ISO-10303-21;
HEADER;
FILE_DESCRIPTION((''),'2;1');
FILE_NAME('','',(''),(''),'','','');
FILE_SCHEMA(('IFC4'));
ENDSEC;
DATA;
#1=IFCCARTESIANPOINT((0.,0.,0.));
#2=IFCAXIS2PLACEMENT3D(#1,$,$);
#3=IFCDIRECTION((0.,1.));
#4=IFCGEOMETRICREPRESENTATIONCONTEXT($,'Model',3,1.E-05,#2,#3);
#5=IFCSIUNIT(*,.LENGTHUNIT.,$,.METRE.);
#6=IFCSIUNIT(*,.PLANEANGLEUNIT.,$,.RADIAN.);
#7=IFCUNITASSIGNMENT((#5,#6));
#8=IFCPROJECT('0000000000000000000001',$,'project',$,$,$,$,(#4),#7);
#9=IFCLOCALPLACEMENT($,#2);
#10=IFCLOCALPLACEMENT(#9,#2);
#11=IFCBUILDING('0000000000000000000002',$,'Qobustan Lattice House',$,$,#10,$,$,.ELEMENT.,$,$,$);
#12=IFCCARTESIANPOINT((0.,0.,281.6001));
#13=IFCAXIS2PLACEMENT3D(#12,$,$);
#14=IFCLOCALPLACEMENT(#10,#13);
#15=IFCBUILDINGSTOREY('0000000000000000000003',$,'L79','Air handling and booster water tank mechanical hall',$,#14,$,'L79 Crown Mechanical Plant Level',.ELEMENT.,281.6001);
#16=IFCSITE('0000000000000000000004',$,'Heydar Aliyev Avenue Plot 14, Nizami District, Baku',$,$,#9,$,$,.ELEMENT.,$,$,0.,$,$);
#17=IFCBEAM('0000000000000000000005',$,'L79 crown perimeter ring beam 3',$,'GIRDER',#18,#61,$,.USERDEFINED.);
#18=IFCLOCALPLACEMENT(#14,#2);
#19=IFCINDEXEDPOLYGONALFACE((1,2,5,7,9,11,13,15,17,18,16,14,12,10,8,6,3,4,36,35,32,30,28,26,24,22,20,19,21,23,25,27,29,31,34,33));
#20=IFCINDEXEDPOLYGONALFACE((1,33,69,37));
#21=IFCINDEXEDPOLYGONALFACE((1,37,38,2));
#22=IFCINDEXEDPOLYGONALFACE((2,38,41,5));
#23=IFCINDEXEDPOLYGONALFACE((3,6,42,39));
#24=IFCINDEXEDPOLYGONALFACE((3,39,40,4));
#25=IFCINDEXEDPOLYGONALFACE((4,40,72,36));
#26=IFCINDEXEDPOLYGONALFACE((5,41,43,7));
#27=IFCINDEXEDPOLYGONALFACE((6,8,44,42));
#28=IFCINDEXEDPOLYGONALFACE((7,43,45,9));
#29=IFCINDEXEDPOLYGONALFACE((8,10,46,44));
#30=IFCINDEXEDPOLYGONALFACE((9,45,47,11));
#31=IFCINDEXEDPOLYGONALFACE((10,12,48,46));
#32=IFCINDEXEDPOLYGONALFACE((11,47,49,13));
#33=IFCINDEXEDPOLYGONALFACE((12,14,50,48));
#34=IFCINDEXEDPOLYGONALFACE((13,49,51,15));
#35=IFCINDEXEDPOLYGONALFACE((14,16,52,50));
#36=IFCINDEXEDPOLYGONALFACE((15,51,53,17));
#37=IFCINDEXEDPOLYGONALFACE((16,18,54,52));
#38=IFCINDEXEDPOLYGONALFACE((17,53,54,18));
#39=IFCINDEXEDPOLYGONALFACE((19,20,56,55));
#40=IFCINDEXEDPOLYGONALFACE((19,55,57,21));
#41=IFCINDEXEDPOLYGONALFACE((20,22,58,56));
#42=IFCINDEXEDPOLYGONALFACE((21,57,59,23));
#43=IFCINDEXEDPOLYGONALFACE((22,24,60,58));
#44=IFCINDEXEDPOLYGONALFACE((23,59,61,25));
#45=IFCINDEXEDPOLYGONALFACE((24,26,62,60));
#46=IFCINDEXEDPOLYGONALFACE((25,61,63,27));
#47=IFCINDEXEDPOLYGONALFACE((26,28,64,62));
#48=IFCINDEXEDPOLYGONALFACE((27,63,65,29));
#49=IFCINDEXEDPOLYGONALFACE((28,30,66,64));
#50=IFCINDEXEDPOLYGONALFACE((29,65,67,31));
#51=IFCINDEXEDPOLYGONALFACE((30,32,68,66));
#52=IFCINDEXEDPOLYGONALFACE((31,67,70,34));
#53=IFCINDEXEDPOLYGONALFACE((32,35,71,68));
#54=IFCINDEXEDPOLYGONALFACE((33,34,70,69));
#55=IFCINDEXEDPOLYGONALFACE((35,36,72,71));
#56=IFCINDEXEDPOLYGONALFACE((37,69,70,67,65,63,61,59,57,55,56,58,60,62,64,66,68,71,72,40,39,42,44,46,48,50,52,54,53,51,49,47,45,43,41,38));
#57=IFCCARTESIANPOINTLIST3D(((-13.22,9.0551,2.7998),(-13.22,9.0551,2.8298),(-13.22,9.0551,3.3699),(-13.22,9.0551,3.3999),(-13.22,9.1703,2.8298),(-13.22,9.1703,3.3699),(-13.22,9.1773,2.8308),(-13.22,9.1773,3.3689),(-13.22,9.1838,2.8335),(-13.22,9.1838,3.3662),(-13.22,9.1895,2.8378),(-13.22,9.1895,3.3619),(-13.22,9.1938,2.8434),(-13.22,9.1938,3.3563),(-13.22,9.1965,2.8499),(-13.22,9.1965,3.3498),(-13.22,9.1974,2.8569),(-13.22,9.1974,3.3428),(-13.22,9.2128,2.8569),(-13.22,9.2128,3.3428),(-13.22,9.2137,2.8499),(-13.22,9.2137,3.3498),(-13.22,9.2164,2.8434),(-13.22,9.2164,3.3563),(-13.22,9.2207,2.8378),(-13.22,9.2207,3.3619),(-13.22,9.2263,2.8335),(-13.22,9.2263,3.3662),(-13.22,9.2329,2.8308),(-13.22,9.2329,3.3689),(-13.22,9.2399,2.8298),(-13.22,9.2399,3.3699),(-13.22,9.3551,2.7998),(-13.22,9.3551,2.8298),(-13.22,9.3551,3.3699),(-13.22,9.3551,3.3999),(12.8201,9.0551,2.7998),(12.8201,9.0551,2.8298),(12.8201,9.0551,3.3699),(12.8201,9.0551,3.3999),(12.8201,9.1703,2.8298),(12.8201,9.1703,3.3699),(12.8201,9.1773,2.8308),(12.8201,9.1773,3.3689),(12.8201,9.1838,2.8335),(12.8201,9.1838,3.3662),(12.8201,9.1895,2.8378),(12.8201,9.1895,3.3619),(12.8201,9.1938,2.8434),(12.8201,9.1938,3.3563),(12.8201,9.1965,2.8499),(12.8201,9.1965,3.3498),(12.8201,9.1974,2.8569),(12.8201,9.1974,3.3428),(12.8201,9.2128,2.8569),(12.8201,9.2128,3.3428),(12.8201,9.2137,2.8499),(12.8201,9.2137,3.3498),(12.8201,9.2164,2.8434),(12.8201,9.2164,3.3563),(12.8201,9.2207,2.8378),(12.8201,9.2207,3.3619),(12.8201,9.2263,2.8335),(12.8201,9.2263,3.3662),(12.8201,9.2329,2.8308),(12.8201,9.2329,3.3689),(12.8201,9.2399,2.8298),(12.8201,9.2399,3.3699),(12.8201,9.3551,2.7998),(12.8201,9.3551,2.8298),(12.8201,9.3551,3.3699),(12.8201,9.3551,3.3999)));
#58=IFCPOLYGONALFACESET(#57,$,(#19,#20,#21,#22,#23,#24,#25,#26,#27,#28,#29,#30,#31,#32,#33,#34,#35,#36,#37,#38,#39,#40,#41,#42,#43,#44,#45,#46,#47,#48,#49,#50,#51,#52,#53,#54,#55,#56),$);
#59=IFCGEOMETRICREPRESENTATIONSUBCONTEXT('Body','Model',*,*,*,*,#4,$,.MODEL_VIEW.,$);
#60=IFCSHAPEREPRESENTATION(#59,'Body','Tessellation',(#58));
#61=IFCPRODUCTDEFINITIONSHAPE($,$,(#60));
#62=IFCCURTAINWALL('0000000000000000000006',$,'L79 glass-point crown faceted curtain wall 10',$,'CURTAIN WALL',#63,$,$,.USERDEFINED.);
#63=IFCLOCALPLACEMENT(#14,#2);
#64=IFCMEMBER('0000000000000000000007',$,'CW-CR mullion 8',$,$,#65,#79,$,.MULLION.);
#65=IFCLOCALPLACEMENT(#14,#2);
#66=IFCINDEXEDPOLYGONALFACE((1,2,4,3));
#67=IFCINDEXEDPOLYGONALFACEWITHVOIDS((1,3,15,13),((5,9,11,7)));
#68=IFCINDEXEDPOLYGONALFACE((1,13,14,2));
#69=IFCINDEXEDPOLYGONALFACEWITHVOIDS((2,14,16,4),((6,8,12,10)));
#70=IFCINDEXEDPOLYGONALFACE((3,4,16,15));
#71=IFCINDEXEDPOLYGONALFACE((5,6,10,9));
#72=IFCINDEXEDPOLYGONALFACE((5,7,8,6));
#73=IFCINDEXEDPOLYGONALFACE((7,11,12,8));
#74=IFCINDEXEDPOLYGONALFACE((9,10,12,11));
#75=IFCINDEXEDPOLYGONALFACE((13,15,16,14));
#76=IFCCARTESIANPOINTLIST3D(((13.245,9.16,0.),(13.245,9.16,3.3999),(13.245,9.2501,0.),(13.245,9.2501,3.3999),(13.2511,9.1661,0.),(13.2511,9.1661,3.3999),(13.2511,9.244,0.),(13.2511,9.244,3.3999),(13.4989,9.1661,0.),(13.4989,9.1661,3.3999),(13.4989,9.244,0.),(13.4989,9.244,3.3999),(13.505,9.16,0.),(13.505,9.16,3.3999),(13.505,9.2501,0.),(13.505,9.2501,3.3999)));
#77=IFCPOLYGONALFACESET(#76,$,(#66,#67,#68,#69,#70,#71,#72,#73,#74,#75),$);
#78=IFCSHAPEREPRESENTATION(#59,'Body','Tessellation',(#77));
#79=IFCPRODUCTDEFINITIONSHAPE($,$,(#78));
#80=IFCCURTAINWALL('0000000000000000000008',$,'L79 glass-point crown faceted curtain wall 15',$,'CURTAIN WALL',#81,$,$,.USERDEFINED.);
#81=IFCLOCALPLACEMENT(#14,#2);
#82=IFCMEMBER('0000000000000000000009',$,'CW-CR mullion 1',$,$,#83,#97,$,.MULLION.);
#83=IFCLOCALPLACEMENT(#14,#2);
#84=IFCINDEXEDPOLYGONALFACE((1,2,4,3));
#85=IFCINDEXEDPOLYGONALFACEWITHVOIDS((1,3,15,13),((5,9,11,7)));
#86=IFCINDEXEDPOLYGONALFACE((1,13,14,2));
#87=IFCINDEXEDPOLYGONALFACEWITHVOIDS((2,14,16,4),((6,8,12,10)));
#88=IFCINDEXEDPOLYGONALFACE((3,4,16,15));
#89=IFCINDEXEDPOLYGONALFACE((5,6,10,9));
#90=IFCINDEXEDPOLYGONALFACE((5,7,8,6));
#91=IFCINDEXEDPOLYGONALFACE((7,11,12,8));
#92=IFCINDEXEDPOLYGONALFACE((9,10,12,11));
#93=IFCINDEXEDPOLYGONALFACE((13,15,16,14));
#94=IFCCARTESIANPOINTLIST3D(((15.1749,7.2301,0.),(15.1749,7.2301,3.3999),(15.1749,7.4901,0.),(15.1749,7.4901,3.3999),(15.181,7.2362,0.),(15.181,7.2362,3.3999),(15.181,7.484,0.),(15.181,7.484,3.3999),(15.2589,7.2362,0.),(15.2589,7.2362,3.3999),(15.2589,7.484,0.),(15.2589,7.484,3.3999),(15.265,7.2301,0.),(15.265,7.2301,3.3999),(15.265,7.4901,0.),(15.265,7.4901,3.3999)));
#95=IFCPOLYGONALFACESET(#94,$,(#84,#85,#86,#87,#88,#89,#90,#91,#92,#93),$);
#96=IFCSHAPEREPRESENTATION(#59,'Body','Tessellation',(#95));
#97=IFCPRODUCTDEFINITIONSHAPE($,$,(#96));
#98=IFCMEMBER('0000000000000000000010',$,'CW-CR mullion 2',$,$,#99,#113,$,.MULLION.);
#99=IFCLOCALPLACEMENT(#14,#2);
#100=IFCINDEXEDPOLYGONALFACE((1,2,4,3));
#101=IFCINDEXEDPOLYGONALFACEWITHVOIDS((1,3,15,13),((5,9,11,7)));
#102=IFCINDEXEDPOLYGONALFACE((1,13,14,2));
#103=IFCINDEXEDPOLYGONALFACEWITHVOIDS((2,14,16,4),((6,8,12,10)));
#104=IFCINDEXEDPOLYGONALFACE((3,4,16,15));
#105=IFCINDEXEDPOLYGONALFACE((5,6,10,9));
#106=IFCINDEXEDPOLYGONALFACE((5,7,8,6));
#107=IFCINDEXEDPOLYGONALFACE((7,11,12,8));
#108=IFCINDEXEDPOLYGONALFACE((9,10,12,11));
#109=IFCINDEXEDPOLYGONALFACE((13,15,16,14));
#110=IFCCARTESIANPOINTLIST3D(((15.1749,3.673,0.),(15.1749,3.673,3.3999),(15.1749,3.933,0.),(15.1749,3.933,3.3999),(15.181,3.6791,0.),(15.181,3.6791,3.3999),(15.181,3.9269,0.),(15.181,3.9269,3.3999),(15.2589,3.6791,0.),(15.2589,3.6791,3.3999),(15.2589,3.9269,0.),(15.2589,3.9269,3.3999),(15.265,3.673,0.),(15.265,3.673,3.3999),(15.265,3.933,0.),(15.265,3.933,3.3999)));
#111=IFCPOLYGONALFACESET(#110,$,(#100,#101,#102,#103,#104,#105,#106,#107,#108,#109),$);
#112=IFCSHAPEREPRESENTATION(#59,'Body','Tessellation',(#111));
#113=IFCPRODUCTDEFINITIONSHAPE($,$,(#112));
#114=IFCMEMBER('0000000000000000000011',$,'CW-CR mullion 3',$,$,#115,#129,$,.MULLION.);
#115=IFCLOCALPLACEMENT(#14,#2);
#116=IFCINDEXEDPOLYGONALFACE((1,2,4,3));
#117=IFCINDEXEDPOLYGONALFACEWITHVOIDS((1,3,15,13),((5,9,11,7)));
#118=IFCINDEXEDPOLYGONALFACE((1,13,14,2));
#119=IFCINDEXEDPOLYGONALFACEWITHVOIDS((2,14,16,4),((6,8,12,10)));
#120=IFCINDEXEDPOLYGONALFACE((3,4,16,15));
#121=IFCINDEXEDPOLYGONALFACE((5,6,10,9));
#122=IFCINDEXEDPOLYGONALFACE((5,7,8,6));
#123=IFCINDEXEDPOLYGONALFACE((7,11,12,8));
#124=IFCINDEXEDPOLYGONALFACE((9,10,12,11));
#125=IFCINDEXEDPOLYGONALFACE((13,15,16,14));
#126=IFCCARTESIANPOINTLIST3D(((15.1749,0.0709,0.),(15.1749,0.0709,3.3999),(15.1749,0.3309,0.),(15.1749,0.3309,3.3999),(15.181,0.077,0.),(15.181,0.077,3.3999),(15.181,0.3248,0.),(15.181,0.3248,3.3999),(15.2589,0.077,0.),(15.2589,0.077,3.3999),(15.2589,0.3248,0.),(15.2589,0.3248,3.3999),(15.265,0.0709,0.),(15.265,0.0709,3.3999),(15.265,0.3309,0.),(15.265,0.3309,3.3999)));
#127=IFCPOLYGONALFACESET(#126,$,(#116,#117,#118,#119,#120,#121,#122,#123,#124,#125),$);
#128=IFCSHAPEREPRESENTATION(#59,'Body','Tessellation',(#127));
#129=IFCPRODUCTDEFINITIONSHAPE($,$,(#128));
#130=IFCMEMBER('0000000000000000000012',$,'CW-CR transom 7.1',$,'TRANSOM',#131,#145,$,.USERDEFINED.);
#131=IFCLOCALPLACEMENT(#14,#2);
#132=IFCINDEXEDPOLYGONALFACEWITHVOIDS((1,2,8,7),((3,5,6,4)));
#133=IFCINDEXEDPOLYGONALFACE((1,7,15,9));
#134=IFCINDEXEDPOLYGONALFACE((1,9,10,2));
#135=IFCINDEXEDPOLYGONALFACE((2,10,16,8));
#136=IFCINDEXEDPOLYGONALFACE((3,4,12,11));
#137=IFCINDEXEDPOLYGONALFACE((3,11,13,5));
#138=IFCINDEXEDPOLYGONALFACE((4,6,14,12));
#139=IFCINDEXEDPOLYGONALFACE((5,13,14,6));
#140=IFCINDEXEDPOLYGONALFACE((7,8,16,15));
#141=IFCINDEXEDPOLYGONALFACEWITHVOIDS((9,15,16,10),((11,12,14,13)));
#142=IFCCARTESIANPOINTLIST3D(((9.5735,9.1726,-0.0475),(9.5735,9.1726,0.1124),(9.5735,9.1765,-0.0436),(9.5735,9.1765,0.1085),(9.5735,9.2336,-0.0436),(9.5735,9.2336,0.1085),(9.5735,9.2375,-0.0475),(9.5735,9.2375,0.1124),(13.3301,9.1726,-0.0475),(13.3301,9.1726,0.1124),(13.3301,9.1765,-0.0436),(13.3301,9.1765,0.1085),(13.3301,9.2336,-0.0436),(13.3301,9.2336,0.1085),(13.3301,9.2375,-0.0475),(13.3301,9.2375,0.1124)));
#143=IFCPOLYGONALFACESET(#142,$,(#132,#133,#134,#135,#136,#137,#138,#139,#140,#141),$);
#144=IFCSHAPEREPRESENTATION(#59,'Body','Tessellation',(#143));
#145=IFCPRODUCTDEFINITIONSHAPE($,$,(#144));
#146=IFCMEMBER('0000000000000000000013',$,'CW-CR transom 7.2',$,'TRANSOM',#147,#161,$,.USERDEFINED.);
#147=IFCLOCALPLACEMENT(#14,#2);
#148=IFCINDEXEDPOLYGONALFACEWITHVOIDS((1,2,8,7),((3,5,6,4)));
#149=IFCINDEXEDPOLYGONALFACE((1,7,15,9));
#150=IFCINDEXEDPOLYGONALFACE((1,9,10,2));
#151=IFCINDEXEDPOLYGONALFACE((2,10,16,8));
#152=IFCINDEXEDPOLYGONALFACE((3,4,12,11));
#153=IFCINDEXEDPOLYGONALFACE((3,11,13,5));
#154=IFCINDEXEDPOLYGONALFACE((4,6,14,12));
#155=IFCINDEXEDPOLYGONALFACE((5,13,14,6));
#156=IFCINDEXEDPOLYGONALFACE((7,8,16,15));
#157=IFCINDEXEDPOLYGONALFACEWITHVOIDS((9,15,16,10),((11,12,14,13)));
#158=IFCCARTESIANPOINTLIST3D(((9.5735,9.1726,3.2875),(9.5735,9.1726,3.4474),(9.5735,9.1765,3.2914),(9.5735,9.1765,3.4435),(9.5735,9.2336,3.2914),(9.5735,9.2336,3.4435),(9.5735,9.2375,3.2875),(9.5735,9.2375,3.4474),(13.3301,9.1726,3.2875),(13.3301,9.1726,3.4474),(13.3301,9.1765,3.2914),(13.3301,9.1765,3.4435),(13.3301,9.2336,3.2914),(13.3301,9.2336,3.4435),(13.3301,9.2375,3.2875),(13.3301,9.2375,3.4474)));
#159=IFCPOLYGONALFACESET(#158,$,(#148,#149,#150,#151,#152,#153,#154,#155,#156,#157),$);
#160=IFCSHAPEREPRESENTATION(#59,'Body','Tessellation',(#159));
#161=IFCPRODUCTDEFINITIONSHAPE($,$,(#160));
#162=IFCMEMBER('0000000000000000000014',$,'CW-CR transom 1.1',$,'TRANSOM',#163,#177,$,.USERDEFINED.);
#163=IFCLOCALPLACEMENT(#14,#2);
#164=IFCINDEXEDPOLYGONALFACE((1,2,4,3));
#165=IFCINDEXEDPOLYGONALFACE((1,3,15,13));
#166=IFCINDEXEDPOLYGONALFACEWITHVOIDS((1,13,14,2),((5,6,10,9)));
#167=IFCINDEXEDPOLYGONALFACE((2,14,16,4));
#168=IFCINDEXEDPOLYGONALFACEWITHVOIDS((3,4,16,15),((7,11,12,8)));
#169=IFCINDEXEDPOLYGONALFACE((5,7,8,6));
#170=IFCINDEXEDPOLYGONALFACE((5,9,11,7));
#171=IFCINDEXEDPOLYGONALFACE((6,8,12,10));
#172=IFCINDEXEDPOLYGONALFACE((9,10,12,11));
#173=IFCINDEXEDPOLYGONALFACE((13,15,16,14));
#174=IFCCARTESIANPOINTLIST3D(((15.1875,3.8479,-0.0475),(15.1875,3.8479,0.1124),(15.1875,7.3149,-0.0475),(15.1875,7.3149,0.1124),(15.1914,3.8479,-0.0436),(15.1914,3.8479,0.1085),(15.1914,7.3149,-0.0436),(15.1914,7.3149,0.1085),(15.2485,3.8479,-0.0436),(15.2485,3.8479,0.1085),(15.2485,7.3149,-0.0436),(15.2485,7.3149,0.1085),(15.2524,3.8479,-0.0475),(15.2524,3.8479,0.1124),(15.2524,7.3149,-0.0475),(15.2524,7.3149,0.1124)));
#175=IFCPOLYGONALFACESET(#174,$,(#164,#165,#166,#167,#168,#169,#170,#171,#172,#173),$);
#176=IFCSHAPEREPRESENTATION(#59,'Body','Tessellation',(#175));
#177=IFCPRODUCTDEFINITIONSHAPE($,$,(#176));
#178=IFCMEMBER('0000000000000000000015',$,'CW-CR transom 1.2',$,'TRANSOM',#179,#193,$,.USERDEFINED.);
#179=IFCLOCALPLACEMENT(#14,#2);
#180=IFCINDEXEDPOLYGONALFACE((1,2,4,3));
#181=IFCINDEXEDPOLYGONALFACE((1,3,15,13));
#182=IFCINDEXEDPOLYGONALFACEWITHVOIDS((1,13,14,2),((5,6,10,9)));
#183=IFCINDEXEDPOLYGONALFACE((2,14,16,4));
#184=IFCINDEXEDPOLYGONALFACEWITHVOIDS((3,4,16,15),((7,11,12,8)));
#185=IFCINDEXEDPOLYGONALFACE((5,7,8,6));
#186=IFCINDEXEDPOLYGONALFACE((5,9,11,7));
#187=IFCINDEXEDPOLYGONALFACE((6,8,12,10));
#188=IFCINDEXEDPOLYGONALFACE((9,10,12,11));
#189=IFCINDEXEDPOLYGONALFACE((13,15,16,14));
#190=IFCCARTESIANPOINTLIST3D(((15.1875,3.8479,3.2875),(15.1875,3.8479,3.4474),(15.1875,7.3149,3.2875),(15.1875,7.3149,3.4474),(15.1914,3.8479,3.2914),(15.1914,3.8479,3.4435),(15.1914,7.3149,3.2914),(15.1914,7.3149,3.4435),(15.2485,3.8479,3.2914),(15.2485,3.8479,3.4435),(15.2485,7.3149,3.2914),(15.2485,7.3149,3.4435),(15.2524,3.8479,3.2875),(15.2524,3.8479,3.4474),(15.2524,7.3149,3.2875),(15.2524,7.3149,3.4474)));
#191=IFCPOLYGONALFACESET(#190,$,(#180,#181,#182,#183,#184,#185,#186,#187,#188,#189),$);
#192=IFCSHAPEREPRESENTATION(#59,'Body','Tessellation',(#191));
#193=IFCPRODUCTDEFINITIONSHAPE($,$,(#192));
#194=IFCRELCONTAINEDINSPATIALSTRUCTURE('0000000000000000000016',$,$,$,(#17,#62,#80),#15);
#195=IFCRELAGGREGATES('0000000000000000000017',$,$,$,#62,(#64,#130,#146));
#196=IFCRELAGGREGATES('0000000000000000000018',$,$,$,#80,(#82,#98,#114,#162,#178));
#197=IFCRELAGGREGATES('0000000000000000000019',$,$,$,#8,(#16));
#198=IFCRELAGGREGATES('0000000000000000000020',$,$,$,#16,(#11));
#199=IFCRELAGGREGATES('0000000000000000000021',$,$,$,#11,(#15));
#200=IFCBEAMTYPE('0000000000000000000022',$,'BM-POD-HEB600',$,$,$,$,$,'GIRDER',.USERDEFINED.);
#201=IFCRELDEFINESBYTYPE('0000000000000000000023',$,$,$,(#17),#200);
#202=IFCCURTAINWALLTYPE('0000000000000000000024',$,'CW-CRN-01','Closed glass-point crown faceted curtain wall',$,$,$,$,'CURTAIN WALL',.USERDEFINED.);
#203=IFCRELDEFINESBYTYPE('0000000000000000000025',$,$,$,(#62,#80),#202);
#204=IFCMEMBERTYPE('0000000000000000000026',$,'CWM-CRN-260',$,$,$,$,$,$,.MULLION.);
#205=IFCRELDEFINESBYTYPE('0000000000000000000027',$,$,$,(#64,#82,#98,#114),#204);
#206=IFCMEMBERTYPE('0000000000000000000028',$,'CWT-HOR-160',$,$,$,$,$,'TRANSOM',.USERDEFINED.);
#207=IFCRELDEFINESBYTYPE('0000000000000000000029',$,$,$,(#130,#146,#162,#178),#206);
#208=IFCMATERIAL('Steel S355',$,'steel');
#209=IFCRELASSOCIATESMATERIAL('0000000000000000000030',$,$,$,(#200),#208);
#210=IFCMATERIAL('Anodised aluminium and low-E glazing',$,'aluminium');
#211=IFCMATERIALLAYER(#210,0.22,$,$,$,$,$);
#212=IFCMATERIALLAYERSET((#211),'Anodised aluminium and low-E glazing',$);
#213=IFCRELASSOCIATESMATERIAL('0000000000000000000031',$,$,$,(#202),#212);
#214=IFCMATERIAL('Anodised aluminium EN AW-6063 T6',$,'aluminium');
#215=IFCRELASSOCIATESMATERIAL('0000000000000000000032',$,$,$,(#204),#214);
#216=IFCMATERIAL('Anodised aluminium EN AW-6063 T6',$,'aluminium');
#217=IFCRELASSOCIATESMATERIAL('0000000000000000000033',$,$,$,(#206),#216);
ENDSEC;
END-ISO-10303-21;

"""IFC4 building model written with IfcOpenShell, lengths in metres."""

from ifc_helpers import new_model, si_unit, direction, frame, origin, origin_2d, place, context, subcontext, project, spatial, hollow_rectangle, i_section, extrude, material, layer, layer_set, material_profile, profile_set, type_object, element, aggregate, save


model = new_model("IFC4")

# Units and contexts
model_context = context("Model", 3, precision=1e-05, world=origin(), true_north=direction((0.0, 1.0)))
body_context = subcontext(model_context, "Body", "Model", "MODEL_VIEW")
ifc_project = project(units=[si_unit("LENGTHUNIT", "METRE"), si_unit("PLANEANGLEUNIT", "RADIAN")], contexts=[model_context])

# Site, building, storey
site_placement = place(None, origin())
site = spatial("IfcSite", under=ifc_project, at=site_placement, Name="Heydar Aliyev Avenue Plot 14, Nizami District, Baku", CompositionType="ELEMENT", RefElevation=0.0)
building_placement = place(site_placement, origin())
building = spatial("IfcBuilding", under=site, at=building_placement, Name="Qobustan Lattice House", CompositionType="ELEMENT")
storey_placement = place(building_placement, frame((0.0, 0.0, 281.6001)))
storey = spatial("IfcBuildingStorey", under=building, at=storey_placement, Name="L79", Description="Air handling and booster water tank mechanical hall", LongName="L79 Crown Mechanical Plant Level", CompositionType="ELEMENT", Elevation=281.6001)

# Beam
ifc_material_1 = material(Name="Steel S355", Category="steel")
ifc_material_profile_1 = material_profile(ifc_material_1, i_section(OverallWidth=0.3, OverallDepth=0.6001, WebThickness=0.0154, FlangeThickness=0.03, FilletRadius=0.0271, at=origin_2d()), Name="HEB600")
ifc_profile_set_1 = profile_set([ifc_material_profile_1], Name="Steel S355")
beam_type = type_object("IfcBeamType", Name="BM-POD-HEB600", ElementType="GIRDER", PredefinedType="USERDEFINED", material=ifc_profile_set_1)
beam_placement = place(storey_placement, frame((12.8201, 9.2051, 3.0999), z_axis=(-1.0, 0.0, 0.0), x_axis=(0.0, -1.0, 0.0)))
element("IfcBeam", 1, at=beam_placement, inside=storey, type_object=beam_type, Name="L79 crown perimeter ring beam 3", ObjectType="GIRDER", PredefinedType="USERDEFINED", context=body_context, shape_type="SweptSolid", body=[
    extrude(i_section(OverallWidth=0.3, OverallDepth=0.6001, WebThickness=0.0154, FlangeThickness=0.03, FilletRadius=0.0271, at=origin_2d()), origin(), (0.0, 0.0, 1.0), 26.04),
])

# Curtain wall, member
ifc_material_2 = material(Name="Anodised aluminium and low-E glazing", Category="aluminium")
ifc_layer_1 = layer(ifc_material_2, 0.22)
ifc_layer_set_1 = layer_set([ifc_layer_1], Name="Anodised aluminium and low-E glazing")
curtain_wall_type = type_object("IfcCurtainWallType", Name="CW-CRN-01", Description="Closed glass-point crown faceted curtain wall", ElementType="CURTAIN WALL", PredefinedType="USERDEFINED", material=ifc_layer_set_1)
curtain_wall_1_placement = place(storey_placement, origin())
curtain_wall_1 = element("IfcCurtainWall", 2, at=curtain_wall_1_placement, inside=storey, type_object=curtain_wall_type, Name="L79 glass-point crown faceted curtain wall 10", ObjectType="CURTAIN WALL", PredefinedType="USERDEFINED")
ifc_material_3 = material(Name="Anodised aluminium EN AW-6063 T6", Category="aluminium")
ifc_material_profile_2 = material_profile(ifc_material_3, hollow_rectangle(XDim=0.0901, YDim=0.26, WallThickness=0.0061, at=origin_2d()), Name="CWM-CROWN-260x90")
ifc_profile_set_2 = profile_set([ifc_material_profile_2], Name="Anodised aluminium EN AW-6063 T6")
member_type_1 = type_object("IfcMemberType", Name="CWM-CRN-260", PredefinedType="MULLION", material=ifc_profile_set_2)
member_1_placement = place(storey_placement, frame((13.375, 9.2051, 0.0), z_axis=(0.0, 0.0, 1.0), x_axis=(0.0, 1.0, 0.0)))
member_1 = element("IfcMember", 3, at=member_1_placement, type_object=member_type_1, Name="CW-CR mullion 8", PredefinedType="MULLION", context=body_context, shape_type="SweptSolid", body=[
    extrude(hollow_rectangle(XDim=0.0901, YDim=0.26, WallThickness=0.0061, at=origin_2d()), origin(), (0.0, 0.0, 1.0), 3.3999),
])

# Curtain wall, members
curtain_wall_2_placement = place(storey_placement, origin())
curtain_wall_2 = element("IfcCurtainWall", 4, at=curtain_wall_2_placement, inside=storey, type_object=curtain_wall_type, Name="L79 glass-point crown faceted curtain wall 15", ObjectType="CURTAIN WALL", PredefinedType="USERDEFINED")
member_2_placement = place(storey_placement, frame((15.22, 7.3601, 0.0), z_axis=(0.0, 0.0, 1.0), x_axis=(1.0, 0.0, 0.0)))
member_2 = element("IfcMember", 5, at=member_2_placement, type_object=member_type_1, Name="CW-CR mullion 1", PredefinedType="MULLION", context=body_context, shape_type="SweptSolid", body=[
    extrude(hollow_rectangle(XDim=0.0901, YDim=0.26, WallThickness=0.0061, at=origin_2d()), origin(), (0.0, 0.0, 1.0), 3.3999),
])
member_3_placement = place(storey_placement, frame((15.22, 3.803, 0.0), z_axis=(0.0, 0.0, 1.0), x_axis=(1.0, 0.0, 0.0)))
member_3 = element("IfcMember", 6, at=member_3_placement, type_object=member_type_1, Name="CW-CR mullion 2", PredefinedType="MULLION", context=body_context, shape_type="SweptSolid", body=[
    extrude(hollow_rectangle(XDim=0.0901, YDim=0.26, WallThickness=0.0061, at=origin_2d()), origin(), (0.0, 0.0, 1.0), 3.3999),
])
member_4_placement = place(storey_placement, frame((15.22, 0.2009, 0.0), z_axis=(0.0, 0.0, 1.0), x_axis=(1.0, 0.0, 0.0)))
member_4 = element("IfcMember", 7, at=member_4_placement, type_object=member_type_1, Name="CW-CR mullion 3", PredefinedType="MULLION", context=body_context, shape_type="SweptSolid", body=[
    extrude(hollow_rectangle(XDim=0.0901, YDim=0.26, WallThickness=0.0061, at=origin_2d()), origin(), (0.0, 0.0, 1.0), 3.3999),
])

# Members
ifc_material_4 = material(Name="Anodised aluminium EN AW-6063 T6", Category="aluminium")
ifc_material_profile_3 = material_profile(ifc_material_4, hollow_rectangle(XDim=0.0649, YDim=0.1599, WallThickness=0.0039, at=origin_2d()), Name="CWT-160x65")
ifc_profile_set_3 = profile_set([ifc_material_profile_3], Name="Anodised aluminium EN AW-6063 T6")
member_type_2 = type_object("IfcMemberType", Name="CWT-HOR-160", ElementType="TRANSOM", PredefinedType="USERDEFINED", material=ifc_profile_set_3)
member_5_placement = place(storey_placement, frame((9.5735, 9.2051, 0.0325), z_axis=(1.0, 0.0, 0.0), x_axis=(0.0, 1.0, 0.0)))
member_5 = element("IfcMember", 8, at=member_5_placement, type_object=member_type_2, Name="CW-CR transom 7.1", ObjectType="TRANSOM", PredefinedType="USERDEFINED", context=body_context, shape_type="SweptSolid", body=[
    extrude(hollow_rectangle(XDim=0.0649, YDim=0.1599, WallThickness=0.0039, at=origin_2d()), origin(), (0.0, 0.0, 1.0), 3.7566),
])
member_6_placement = place(storey_placement, frame((9.5735, 9.2051, 3.3674), z_axis=(1.0, 0.0, 0.0), x_axis=(0.0, 1.0, 0.0)))
member_6 = element("IfcMember", 9, at=member_6_placement, type_object=member_type_2, Name="CW-CR transom 7.2", ObjectType="TRANSOM", PredefinedType="USERDEFINED", context=body_context, shape_type="SweptSolid", body=[
    extrude(hollow_rectangle(XDim=0.0649, YDim=0.1599, WallThickness=0.0039, at=origin_2d()), origin(), (0.0, 0.0, 1.0), 3.7566),
])
member_7_placement = place(storey_placement, frame((15.22, 7.3149, 0.0325), z_axis=(0.0, -1.0, 0.0), x_axis=(1.0, 0.0, 0.0)))
member_7 = element("IfcMember", 10, at=member_7_placement, type_object=member_type_2, Name="CW-CR transom 1.1", ObjectType="TRANSOM", PredefinedType="USERDEFINED", context=body_context, shape_type="SweptSolid", body=[
    extrude(hollow_rectangle(XDim=0.0649, YDim=0.1599, WallThickness=0.0039, at=origin_2d()), origin(), (0.0, 0.0, 1.0), 3.467),
])
member_8_placement = place(storey_placement, frame((15.22, 7.3149, 3.3674), z_axis=(0.0, -1.0, 0.0), x_axis=(1.0, 0.0, 0.0)))
member_8 = element("IfcMember", 11, at=member_8_placement, type_object=member_type_2, Name="CW-CR transom 1.2", ObjectType="TRANSOM", PredefinedType="USERDEFINED", context=body_context, shape_type="SweptSolid", body=[
    extrude(hollow_rectangle(XDim=0.0649, YDim=0.1599, WallThickness=0.0039, at=origin_2d()), origin(), (0.0, 0.0, 1.0), 3.467),
])

aggregate(curtain_wall_1, [member_1, member_5, member_6])
aggregate(curtain_wall_2, [member_2, member_3, member_4, member_7, member_8])

save(model, "model.ifc")
